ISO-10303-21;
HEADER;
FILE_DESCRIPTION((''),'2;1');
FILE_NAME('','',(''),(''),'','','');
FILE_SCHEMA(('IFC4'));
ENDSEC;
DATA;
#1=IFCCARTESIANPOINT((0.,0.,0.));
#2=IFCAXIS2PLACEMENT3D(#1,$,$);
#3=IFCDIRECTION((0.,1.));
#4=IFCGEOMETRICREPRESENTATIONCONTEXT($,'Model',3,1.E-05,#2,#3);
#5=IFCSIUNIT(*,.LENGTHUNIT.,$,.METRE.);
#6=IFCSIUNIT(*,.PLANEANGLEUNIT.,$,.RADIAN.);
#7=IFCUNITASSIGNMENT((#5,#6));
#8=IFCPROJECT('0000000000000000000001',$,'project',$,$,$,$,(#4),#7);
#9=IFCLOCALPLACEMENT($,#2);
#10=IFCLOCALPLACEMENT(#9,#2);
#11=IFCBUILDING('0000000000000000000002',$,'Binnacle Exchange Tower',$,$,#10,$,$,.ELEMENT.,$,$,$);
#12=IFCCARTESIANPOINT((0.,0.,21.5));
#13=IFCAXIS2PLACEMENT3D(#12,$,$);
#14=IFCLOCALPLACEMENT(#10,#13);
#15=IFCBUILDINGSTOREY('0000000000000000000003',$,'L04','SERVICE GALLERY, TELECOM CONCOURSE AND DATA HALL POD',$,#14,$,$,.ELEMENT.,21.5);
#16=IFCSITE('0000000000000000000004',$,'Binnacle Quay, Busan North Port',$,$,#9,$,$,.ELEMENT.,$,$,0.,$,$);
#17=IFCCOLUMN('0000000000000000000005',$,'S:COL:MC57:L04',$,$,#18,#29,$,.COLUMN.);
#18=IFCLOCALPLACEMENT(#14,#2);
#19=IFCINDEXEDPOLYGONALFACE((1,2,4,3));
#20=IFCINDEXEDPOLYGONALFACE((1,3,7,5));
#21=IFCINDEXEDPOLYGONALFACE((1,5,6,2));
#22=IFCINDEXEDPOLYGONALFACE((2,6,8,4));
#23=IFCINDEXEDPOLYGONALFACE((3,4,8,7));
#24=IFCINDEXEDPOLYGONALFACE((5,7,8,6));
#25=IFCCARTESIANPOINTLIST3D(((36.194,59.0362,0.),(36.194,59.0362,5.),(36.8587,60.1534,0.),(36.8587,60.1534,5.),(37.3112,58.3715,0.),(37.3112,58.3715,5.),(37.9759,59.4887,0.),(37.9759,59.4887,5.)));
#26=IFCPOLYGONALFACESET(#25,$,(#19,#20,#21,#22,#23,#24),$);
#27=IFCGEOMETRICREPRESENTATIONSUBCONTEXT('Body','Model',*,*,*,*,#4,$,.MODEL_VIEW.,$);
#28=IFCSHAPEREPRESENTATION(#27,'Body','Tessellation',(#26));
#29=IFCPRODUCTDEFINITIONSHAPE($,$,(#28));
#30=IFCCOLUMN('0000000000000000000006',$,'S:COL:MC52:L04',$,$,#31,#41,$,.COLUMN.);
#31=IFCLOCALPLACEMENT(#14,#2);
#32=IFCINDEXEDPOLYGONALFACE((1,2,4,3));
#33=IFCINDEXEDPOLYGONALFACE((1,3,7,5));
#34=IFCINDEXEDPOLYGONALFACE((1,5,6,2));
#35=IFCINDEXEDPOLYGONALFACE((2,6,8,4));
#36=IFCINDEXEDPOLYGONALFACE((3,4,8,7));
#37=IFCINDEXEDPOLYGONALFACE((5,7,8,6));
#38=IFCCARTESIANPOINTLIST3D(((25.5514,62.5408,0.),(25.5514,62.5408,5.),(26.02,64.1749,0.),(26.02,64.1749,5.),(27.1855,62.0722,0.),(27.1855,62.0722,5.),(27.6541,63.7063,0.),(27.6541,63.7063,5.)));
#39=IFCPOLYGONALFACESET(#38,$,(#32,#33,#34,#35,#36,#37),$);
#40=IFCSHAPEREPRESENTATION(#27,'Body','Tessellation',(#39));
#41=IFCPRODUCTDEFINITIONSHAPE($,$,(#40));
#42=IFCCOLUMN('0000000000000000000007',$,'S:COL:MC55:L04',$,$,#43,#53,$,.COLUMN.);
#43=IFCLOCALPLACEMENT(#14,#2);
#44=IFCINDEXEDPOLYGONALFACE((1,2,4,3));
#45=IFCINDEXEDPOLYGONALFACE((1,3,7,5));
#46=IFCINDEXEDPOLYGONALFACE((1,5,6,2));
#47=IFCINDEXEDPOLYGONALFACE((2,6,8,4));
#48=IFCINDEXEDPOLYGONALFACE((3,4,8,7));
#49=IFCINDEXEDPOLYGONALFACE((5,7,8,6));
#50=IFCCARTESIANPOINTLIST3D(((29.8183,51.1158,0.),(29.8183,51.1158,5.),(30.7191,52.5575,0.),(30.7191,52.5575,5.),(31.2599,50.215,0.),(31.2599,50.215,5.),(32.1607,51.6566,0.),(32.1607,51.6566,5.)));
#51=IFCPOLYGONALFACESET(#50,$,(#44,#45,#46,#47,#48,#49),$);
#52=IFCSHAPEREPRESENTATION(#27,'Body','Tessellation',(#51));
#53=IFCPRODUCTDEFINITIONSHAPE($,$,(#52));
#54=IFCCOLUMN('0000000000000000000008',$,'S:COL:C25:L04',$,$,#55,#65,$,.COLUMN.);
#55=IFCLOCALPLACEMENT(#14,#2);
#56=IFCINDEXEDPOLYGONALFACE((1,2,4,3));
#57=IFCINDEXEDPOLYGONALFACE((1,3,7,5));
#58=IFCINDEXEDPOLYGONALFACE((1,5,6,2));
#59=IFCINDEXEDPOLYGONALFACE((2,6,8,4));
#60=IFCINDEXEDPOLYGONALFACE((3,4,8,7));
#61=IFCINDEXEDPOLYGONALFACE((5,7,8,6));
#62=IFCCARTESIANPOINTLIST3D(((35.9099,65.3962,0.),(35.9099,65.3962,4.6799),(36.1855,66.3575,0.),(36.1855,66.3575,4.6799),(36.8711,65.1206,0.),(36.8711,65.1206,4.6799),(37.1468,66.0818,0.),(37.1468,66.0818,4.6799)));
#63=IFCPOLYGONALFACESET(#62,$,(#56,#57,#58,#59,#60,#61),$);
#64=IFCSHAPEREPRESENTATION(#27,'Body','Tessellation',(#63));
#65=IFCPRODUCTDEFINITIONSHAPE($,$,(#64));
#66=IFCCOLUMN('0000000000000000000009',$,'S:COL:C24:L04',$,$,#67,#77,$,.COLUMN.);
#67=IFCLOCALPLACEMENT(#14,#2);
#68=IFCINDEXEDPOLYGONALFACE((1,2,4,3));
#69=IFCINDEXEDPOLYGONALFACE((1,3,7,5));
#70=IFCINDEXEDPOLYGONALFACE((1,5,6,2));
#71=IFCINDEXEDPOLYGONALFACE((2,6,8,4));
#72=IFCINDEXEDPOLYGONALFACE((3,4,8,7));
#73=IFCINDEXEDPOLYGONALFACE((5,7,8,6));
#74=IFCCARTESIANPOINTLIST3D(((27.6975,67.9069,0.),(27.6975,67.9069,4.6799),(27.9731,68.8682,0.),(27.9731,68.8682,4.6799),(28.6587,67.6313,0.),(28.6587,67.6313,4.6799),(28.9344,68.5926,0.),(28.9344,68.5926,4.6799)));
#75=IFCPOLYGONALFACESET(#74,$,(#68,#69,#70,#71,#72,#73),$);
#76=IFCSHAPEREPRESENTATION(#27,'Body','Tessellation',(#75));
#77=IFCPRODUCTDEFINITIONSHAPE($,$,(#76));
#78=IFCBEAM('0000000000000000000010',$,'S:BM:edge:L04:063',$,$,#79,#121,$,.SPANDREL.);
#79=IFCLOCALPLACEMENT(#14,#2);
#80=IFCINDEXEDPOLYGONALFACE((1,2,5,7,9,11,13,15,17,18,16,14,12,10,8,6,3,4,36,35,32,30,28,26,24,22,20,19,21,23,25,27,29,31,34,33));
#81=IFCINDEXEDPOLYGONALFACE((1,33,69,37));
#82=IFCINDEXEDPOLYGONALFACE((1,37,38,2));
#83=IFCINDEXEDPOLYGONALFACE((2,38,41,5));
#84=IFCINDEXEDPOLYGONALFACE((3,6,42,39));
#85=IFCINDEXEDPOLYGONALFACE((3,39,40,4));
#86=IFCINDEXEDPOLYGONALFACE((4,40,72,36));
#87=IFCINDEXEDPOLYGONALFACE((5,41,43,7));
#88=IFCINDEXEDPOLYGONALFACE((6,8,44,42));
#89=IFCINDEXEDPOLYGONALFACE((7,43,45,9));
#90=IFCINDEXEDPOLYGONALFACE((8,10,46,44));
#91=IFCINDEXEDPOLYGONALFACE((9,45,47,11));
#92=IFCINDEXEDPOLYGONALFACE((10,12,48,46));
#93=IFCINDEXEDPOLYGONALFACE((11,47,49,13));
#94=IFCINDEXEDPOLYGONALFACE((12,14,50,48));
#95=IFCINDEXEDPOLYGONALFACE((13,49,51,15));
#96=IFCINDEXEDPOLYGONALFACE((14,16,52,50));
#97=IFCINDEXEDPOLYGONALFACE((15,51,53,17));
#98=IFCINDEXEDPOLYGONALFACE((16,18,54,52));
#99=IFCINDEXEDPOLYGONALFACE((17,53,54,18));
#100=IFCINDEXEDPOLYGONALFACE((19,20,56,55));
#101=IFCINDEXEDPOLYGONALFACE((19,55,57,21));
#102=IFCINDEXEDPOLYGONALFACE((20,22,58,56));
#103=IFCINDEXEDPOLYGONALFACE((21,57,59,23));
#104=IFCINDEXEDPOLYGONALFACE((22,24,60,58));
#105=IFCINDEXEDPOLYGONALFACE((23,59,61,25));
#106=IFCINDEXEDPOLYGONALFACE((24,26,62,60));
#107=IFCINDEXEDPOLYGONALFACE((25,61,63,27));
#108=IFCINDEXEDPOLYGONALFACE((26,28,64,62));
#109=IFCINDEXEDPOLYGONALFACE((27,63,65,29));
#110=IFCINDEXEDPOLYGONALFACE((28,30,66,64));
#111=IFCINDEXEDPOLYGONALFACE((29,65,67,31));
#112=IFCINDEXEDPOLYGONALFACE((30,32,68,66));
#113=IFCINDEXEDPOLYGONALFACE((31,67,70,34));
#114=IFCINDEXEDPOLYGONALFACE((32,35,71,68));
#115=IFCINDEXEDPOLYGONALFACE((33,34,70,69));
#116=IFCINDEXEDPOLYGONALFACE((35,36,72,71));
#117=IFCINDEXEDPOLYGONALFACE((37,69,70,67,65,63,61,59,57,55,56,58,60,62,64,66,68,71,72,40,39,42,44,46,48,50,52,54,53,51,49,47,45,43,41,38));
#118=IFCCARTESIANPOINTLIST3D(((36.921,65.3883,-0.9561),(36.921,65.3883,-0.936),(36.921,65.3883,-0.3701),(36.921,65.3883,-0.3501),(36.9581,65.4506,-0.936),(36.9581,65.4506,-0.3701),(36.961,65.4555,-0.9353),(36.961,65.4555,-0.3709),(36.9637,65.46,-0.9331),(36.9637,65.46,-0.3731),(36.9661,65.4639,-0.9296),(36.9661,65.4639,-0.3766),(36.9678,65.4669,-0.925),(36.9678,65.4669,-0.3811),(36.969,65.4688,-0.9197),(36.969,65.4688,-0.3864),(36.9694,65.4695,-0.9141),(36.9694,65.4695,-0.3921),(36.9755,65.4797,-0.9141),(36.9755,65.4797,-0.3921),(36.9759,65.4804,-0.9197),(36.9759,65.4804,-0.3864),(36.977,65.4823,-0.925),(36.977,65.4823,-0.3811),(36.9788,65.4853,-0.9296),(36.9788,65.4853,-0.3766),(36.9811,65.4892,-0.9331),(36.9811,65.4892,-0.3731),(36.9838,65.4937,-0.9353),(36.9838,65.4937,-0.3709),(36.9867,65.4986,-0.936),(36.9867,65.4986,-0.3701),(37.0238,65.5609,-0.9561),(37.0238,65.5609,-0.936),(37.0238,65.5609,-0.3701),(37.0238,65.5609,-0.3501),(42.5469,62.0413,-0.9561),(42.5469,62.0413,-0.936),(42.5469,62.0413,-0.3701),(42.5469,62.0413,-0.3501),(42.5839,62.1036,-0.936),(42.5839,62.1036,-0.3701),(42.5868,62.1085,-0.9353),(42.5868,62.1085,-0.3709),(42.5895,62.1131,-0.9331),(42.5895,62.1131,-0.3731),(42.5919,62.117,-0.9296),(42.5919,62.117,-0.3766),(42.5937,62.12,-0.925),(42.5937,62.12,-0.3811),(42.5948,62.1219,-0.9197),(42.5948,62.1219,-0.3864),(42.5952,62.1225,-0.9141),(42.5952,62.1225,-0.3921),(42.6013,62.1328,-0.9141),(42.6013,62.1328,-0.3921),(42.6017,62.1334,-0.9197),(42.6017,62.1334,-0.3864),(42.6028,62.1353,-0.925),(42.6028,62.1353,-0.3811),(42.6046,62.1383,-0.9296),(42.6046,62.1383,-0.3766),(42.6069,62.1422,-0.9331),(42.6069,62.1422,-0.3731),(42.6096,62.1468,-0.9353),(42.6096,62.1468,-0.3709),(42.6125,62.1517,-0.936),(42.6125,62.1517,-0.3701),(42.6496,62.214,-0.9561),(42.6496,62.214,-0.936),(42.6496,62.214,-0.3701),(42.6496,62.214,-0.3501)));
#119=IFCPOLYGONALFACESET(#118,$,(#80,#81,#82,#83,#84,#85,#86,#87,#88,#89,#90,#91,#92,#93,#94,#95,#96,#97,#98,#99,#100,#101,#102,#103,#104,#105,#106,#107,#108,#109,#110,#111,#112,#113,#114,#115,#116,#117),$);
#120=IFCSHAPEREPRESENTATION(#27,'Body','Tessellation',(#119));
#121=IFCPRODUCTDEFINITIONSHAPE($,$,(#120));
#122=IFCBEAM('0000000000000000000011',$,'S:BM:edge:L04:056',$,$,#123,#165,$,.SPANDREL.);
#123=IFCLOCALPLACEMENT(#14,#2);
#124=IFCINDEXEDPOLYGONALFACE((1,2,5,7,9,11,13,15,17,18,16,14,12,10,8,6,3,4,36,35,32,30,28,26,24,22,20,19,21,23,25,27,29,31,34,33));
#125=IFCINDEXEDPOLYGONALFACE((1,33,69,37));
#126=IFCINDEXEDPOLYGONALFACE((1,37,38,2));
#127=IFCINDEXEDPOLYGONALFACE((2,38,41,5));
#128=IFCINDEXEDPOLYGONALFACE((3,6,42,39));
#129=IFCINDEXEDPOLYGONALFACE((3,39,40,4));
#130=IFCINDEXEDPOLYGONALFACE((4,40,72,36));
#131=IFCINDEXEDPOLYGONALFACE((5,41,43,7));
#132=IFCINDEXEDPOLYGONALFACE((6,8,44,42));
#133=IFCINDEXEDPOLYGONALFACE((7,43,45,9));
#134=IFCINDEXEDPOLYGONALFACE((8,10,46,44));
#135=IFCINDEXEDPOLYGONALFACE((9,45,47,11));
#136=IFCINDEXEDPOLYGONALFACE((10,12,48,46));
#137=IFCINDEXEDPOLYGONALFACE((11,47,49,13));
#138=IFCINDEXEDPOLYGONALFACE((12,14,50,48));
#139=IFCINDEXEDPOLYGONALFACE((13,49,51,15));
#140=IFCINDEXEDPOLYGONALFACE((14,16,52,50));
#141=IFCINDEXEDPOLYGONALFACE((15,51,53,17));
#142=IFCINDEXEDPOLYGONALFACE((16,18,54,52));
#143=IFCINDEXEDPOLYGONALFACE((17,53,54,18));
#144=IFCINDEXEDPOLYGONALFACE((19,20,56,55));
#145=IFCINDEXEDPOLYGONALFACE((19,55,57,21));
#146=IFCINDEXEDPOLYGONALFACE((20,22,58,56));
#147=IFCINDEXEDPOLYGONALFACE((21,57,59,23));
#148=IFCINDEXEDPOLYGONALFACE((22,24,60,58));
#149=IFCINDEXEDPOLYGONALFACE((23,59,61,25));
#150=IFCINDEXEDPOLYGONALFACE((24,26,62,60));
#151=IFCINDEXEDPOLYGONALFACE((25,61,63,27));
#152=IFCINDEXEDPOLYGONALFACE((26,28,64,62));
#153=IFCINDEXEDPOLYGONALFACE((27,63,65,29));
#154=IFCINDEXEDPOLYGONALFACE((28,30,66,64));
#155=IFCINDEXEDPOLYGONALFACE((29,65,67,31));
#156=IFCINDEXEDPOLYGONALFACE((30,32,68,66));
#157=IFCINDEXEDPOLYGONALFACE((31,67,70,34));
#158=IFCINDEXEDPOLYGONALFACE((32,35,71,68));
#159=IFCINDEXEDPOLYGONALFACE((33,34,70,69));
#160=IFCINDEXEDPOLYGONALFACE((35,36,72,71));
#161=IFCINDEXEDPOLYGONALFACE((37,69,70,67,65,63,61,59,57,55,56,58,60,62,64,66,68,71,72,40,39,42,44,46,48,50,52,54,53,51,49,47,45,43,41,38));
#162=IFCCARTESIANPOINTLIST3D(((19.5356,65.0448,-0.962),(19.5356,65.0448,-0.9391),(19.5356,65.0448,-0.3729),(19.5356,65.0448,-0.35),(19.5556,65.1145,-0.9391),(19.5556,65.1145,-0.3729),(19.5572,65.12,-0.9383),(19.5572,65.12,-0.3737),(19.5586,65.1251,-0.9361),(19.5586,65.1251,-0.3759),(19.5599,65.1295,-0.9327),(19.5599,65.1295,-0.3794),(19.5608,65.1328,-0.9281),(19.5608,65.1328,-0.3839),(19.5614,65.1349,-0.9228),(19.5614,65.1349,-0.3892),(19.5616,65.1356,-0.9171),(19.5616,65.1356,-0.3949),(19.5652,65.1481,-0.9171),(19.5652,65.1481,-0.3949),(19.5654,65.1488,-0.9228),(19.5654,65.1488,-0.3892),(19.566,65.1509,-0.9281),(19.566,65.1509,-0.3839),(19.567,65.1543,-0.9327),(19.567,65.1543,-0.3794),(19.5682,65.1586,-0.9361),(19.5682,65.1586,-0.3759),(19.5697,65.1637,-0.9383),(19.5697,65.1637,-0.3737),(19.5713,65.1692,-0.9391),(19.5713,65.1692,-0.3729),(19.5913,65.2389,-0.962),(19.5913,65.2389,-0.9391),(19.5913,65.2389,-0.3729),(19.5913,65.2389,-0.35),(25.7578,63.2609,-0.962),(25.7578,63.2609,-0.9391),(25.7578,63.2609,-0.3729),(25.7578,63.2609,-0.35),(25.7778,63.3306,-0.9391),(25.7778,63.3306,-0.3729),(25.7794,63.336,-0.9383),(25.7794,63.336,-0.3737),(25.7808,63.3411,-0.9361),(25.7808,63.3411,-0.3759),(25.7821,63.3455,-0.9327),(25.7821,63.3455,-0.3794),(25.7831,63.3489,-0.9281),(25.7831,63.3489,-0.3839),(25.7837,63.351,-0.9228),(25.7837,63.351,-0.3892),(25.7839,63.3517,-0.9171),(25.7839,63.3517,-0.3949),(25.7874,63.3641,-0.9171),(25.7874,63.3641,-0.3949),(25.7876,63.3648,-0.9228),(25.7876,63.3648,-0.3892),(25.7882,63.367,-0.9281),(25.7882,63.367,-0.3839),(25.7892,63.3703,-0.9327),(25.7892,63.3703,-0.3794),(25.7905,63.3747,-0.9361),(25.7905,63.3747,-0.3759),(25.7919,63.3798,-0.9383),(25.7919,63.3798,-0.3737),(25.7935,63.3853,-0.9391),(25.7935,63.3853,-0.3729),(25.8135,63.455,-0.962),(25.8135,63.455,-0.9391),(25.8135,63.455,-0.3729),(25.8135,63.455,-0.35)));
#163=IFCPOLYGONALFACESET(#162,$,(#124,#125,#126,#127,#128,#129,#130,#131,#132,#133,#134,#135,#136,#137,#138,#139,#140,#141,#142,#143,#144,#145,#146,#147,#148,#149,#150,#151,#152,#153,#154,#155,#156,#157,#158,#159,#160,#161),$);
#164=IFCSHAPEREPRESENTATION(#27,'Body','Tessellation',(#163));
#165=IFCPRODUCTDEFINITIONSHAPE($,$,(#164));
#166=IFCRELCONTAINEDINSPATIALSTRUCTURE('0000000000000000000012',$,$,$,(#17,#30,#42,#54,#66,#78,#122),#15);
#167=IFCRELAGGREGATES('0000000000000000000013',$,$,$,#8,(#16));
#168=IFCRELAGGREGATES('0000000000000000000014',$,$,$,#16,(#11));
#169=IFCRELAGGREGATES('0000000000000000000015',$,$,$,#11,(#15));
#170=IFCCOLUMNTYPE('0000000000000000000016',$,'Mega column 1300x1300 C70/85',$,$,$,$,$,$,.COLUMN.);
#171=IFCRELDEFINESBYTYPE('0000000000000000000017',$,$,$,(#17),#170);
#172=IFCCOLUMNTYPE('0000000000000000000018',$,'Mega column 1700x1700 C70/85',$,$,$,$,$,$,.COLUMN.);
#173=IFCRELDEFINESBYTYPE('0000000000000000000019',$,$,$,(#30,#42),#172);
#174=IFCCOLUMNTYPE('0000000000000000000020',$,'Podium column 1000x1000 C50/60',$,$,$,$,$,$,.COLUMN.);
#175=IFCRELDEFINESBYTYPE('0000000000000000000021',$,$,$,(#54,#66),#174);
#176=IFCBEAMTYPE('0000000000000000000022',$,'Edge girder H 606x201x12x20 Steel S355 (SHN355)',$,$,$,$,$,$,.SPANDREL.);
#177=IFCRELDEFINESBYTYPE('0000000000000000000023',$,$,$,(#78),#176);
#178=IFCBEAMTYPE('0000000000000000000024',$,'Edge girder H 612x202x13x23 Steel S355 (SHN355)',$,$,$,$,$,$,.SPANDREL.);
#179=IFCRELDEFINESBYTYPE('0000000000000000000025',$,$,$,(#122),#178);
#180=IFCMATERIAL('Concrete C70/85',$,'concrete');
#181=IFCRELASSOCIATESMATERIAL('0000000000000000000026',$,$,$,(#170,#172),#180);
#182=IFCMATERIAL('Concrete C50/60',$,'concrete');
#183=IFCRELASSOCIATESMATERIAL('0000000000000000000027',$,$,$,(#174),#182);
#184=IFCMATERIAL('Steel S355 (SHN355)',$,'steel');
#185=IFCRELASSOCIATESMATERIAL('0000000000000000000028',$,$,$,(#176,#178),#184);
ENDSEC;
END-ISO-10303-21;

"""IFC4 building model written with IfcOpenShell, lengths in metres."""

from ifc_helpers import new_model, si_unit, direction, frame, origin, origin_2d, place, context, subcontext, project, spatial, rectangle, i_section, extrude, material, material_profile, profile_set, type_object, element, save


model = new_model("IFC4")

# Units and contexts
model_context = context("Model", 3, precision=1e-05, world=origin(), true_north=direction((0.0, 1.0)))
body_context = subcontext(model_context, "Body", "Model", "MODEL_VIEW")
ifc_project = project(units=[si_unit("LENGTHUNIT", "METRE"), si_unit("PLANEANGLEUNIT", "RADIAN")], contexts=[model_context])

# Site, building, storey
site_placement = place(None, origin())
site = spatial("IfcSite", under=ifc_project, at=site_placement, Name="Binnacle Quay, Busan North Port", CompositionType="ELEMENT", RefElevation=0.0)
building_placement = place(site_placement, origin())
building = spatial("IfcBuilding", under=site, at=building_placement, Name="Binnacle Exchange Tower", CompositionType="ELEMENT")
storey_placement = place(building_placement, frame((0.0, 0.0, 21.5)))
storey = spatial("IfcBuildingStorey", under=building, at=storey_placement, Name="L04", Description="SERVICE GALLERY, TELECOM CONCOURSE AND DATA HALL POD", CompositionType="ELEMENT", Elevation=21.5)

# Columns
ifc_material_1 = material(Name="Concrete C70/85", Category="concrete")
ifc_material_profile_1 = material_profile(ifc_material_1, rectangle(XDim=1.3, YDim=1.3, at=origin_2d()), Name="Mega column 1300x1300 C70/85")
ifc_profile_set_1 = profile_set([ifc_material_profile_1], Name="Concrete C70/85")
column_type_1 = type_object("IfcColumnType", Name="Mega column 1300x1300 C70/85", PredefinedType="COLUMN", material=ifc_profile_set_1)
column_placement = place(storey_placement, frame((37.085, 59.2625, 0.0), z_axis=(0.0, 0.0, 1.0), x_axis=(-0.859406, 0.511293, 0.0)))
element("IfcColumn", 1, at=column_placement, inside=storey, type_object=column_type_1, Name="S:COL:MC57:L04", PredefinedType="COLUMN", context=body_context, shape_type="SweptSolid", body=[
    extrude(rectangle(XDim=1.3, YDim=1.3, at=origin_2d()), origin(), (0.0, 0.0, 1.0), 5.0),
])
ifc_material_profile_2 = material_profile(ifc_material_1, rectangle(XDim=1.7, YDim=1.7, at=origin_2d()), Name="Mega column 1700x1700 C70/85")
ifc_profile_set_2 = profile_set([ifc_material_profile_2], Name="Concrete C70/85")
column_type_2 = type_object("IfcColumnType", Name="Mega column 1700x1700 C70/85", PredefinedType="COLUMN", material=ifc_profile_set_2)
for number, where, z_axis, x_axis, name in (
    (2, (26.6028, 63.1235, 0.0), (0.0, 0.0, 1.0), (-0.961262, 0.275637, 0.0), "S:COL:MC52:L04"),
    (3, (30.9895, 51.3862, 0.0), (0.0, 0.0, 1.0), (0.529919, 0.848048, 0.0), "S:COL:MC55:L04"),
):
    element("IfcColumn", number, at=place(storey_placement, frame(where, z_axis=z_axis, x_axis=x_axis)), inside=storey, type_object=column_type_2, Name=name, PredefinedType="COLUMN", context=body_context, shape_type="SweptSolid", body=[
        extrude(rectangle(XDim=1.7, YDim=1.7, at=origin_2d()), origin(), (0.0, 0.0, 1.0), 5.0),
    ])
ifc_material_2 = material(Name="Concrete C50/60", Category="concrete")
ifc_material_profile_3 = material_profile(ifc_material_2, rectangle(XDim=1.0, YDim=1.0, at=origin_2d()), Name="Podium column 1000x1000 C50/60")
ifc_profile_set_3 = profile_set([ifc_material_profile_3], Name="Concrete C50/60")
column_type_3 = type_object("IfcColumnType", Name="Podium column 1000x1000 C50/60", PredefinedType="COLUMN", material=ifc_profile_set_3)
for number, where, z_axis, x_axis, name in (
    (4, (36.5283, 65.739, 0.0), (0.0, 0.0, 1.0), (-0.961262, 0.275637, 0.0), "S:COL:C25:L04"),
    (5, (28.3159, 68.2498, 0.0), (0.0, 0.0, 1.0), (-0.961262, 0.275637, 0.0), "S:COL:C24:L04"),
):
    element("IfcColumn", number, at=place(storey_placement, frame(where, z_axis=z_axis, x_axis=x_axis)), inside=storey, type_object=column_type_3, Name=name, PredefinedType="COLUMN", context=body_context, shape_type="SweptSolid", body=[
        extrude(rectangle(XDim=1.0, YDim=1.0, at=origin_2d()), origin(), (0.0, 0.0, 1.0), 4.6799),
    ])

# Beams
ifc_material_3 = material(Name="Steel S355 (SHN355)", Category="steel")
ifc_material_profile_4 = material_profile(ifc_material_3, i_section(OverallWidth=0.2009, OverallDepth=0.606, WebThickness=0.012, FlangeThickness=0.02, FilletRadius=0.022, at=origin_2d()), Name="H 606x201x12x20")
ifc_profile_set_4 = profile_set([ifc_material_profile_4], Name="Steel S355 (SHN355)")
beam_type_1 = type_object("IfcBeamType", Name="Edge girder H 606x201x12x20 Steel S355 (SHN355)", PredefinedType="SPANDREL", material=ifc_profile_set_4)
beam_1_placement = place(storey_placement, frame((36.9724, 65.4746, -0.6531), z_axis=(0.859409, -0.511289, 0.0), x_axis=(0.511289, 0.859409, 0.0)))
element("IfcBeam", 6, at=beam_1_placement, inside=storey, type_object=beam_type_1, Name="S:BM:edge:L04:063", PredefinedType="SPANDREL", context=body_context, shape_type="SweptSolid", body=[
    extrude(i_section(OverallWidth=0.2009, OverallDepth=0.606, WebThickness=0.012, FlangeThickness=0.02, FilletRadius=0.022, at=origin_2d()), origin(), (0.0, 0.0, 1.0), 6.5461),
])
ifc_material_profile_5 = material_profile(ifc_material_3, i_section(OverallWidth=0.2019, OverallDepth=0.6121, WebThickness=0.0129, FlangeThickness=0.0229, FilletRadius=0.022, at=origin_2d()), Name="H 612x202x13x23")
ifc_profile_set_5 = profile_set([ifc_material_profile_5], Name="Steel S355 (SHN355)")
beam_type_2 = type_object("IfcBeamType", Name="Edge girder H 612x202x13x23 Steel S355 (SHN355)", PredefinedType="SPANDREL", material=ifc_profile_set_5)
beam_2_placement = place(storey_placement, frame((25.7856, 63.3579, -0.656), z_axis=(-0.961272, 0.275603, 0.0), x_axis=(-0.275603, -0.961272, 0.0)))
element("IfcBeam", 7, at=beam_2_placement, inside=storey, type_object=beam_type_2, Name="S:BM:edge:L04:056", PredefinedType="SPANDREL", context=body_context, shape_type="SweptSolid", body=[
    extrude(i_section(OverallWidth=0.2019, OverallDepth=0.6121, WebThickness=0.0129, FlangeThickness=0.0229, FilletRadius=0.022, at=origin_2d()), origin(), (0.0, 0.0, 1.0), 6.4729),
])

save(model, "model.ifc")
